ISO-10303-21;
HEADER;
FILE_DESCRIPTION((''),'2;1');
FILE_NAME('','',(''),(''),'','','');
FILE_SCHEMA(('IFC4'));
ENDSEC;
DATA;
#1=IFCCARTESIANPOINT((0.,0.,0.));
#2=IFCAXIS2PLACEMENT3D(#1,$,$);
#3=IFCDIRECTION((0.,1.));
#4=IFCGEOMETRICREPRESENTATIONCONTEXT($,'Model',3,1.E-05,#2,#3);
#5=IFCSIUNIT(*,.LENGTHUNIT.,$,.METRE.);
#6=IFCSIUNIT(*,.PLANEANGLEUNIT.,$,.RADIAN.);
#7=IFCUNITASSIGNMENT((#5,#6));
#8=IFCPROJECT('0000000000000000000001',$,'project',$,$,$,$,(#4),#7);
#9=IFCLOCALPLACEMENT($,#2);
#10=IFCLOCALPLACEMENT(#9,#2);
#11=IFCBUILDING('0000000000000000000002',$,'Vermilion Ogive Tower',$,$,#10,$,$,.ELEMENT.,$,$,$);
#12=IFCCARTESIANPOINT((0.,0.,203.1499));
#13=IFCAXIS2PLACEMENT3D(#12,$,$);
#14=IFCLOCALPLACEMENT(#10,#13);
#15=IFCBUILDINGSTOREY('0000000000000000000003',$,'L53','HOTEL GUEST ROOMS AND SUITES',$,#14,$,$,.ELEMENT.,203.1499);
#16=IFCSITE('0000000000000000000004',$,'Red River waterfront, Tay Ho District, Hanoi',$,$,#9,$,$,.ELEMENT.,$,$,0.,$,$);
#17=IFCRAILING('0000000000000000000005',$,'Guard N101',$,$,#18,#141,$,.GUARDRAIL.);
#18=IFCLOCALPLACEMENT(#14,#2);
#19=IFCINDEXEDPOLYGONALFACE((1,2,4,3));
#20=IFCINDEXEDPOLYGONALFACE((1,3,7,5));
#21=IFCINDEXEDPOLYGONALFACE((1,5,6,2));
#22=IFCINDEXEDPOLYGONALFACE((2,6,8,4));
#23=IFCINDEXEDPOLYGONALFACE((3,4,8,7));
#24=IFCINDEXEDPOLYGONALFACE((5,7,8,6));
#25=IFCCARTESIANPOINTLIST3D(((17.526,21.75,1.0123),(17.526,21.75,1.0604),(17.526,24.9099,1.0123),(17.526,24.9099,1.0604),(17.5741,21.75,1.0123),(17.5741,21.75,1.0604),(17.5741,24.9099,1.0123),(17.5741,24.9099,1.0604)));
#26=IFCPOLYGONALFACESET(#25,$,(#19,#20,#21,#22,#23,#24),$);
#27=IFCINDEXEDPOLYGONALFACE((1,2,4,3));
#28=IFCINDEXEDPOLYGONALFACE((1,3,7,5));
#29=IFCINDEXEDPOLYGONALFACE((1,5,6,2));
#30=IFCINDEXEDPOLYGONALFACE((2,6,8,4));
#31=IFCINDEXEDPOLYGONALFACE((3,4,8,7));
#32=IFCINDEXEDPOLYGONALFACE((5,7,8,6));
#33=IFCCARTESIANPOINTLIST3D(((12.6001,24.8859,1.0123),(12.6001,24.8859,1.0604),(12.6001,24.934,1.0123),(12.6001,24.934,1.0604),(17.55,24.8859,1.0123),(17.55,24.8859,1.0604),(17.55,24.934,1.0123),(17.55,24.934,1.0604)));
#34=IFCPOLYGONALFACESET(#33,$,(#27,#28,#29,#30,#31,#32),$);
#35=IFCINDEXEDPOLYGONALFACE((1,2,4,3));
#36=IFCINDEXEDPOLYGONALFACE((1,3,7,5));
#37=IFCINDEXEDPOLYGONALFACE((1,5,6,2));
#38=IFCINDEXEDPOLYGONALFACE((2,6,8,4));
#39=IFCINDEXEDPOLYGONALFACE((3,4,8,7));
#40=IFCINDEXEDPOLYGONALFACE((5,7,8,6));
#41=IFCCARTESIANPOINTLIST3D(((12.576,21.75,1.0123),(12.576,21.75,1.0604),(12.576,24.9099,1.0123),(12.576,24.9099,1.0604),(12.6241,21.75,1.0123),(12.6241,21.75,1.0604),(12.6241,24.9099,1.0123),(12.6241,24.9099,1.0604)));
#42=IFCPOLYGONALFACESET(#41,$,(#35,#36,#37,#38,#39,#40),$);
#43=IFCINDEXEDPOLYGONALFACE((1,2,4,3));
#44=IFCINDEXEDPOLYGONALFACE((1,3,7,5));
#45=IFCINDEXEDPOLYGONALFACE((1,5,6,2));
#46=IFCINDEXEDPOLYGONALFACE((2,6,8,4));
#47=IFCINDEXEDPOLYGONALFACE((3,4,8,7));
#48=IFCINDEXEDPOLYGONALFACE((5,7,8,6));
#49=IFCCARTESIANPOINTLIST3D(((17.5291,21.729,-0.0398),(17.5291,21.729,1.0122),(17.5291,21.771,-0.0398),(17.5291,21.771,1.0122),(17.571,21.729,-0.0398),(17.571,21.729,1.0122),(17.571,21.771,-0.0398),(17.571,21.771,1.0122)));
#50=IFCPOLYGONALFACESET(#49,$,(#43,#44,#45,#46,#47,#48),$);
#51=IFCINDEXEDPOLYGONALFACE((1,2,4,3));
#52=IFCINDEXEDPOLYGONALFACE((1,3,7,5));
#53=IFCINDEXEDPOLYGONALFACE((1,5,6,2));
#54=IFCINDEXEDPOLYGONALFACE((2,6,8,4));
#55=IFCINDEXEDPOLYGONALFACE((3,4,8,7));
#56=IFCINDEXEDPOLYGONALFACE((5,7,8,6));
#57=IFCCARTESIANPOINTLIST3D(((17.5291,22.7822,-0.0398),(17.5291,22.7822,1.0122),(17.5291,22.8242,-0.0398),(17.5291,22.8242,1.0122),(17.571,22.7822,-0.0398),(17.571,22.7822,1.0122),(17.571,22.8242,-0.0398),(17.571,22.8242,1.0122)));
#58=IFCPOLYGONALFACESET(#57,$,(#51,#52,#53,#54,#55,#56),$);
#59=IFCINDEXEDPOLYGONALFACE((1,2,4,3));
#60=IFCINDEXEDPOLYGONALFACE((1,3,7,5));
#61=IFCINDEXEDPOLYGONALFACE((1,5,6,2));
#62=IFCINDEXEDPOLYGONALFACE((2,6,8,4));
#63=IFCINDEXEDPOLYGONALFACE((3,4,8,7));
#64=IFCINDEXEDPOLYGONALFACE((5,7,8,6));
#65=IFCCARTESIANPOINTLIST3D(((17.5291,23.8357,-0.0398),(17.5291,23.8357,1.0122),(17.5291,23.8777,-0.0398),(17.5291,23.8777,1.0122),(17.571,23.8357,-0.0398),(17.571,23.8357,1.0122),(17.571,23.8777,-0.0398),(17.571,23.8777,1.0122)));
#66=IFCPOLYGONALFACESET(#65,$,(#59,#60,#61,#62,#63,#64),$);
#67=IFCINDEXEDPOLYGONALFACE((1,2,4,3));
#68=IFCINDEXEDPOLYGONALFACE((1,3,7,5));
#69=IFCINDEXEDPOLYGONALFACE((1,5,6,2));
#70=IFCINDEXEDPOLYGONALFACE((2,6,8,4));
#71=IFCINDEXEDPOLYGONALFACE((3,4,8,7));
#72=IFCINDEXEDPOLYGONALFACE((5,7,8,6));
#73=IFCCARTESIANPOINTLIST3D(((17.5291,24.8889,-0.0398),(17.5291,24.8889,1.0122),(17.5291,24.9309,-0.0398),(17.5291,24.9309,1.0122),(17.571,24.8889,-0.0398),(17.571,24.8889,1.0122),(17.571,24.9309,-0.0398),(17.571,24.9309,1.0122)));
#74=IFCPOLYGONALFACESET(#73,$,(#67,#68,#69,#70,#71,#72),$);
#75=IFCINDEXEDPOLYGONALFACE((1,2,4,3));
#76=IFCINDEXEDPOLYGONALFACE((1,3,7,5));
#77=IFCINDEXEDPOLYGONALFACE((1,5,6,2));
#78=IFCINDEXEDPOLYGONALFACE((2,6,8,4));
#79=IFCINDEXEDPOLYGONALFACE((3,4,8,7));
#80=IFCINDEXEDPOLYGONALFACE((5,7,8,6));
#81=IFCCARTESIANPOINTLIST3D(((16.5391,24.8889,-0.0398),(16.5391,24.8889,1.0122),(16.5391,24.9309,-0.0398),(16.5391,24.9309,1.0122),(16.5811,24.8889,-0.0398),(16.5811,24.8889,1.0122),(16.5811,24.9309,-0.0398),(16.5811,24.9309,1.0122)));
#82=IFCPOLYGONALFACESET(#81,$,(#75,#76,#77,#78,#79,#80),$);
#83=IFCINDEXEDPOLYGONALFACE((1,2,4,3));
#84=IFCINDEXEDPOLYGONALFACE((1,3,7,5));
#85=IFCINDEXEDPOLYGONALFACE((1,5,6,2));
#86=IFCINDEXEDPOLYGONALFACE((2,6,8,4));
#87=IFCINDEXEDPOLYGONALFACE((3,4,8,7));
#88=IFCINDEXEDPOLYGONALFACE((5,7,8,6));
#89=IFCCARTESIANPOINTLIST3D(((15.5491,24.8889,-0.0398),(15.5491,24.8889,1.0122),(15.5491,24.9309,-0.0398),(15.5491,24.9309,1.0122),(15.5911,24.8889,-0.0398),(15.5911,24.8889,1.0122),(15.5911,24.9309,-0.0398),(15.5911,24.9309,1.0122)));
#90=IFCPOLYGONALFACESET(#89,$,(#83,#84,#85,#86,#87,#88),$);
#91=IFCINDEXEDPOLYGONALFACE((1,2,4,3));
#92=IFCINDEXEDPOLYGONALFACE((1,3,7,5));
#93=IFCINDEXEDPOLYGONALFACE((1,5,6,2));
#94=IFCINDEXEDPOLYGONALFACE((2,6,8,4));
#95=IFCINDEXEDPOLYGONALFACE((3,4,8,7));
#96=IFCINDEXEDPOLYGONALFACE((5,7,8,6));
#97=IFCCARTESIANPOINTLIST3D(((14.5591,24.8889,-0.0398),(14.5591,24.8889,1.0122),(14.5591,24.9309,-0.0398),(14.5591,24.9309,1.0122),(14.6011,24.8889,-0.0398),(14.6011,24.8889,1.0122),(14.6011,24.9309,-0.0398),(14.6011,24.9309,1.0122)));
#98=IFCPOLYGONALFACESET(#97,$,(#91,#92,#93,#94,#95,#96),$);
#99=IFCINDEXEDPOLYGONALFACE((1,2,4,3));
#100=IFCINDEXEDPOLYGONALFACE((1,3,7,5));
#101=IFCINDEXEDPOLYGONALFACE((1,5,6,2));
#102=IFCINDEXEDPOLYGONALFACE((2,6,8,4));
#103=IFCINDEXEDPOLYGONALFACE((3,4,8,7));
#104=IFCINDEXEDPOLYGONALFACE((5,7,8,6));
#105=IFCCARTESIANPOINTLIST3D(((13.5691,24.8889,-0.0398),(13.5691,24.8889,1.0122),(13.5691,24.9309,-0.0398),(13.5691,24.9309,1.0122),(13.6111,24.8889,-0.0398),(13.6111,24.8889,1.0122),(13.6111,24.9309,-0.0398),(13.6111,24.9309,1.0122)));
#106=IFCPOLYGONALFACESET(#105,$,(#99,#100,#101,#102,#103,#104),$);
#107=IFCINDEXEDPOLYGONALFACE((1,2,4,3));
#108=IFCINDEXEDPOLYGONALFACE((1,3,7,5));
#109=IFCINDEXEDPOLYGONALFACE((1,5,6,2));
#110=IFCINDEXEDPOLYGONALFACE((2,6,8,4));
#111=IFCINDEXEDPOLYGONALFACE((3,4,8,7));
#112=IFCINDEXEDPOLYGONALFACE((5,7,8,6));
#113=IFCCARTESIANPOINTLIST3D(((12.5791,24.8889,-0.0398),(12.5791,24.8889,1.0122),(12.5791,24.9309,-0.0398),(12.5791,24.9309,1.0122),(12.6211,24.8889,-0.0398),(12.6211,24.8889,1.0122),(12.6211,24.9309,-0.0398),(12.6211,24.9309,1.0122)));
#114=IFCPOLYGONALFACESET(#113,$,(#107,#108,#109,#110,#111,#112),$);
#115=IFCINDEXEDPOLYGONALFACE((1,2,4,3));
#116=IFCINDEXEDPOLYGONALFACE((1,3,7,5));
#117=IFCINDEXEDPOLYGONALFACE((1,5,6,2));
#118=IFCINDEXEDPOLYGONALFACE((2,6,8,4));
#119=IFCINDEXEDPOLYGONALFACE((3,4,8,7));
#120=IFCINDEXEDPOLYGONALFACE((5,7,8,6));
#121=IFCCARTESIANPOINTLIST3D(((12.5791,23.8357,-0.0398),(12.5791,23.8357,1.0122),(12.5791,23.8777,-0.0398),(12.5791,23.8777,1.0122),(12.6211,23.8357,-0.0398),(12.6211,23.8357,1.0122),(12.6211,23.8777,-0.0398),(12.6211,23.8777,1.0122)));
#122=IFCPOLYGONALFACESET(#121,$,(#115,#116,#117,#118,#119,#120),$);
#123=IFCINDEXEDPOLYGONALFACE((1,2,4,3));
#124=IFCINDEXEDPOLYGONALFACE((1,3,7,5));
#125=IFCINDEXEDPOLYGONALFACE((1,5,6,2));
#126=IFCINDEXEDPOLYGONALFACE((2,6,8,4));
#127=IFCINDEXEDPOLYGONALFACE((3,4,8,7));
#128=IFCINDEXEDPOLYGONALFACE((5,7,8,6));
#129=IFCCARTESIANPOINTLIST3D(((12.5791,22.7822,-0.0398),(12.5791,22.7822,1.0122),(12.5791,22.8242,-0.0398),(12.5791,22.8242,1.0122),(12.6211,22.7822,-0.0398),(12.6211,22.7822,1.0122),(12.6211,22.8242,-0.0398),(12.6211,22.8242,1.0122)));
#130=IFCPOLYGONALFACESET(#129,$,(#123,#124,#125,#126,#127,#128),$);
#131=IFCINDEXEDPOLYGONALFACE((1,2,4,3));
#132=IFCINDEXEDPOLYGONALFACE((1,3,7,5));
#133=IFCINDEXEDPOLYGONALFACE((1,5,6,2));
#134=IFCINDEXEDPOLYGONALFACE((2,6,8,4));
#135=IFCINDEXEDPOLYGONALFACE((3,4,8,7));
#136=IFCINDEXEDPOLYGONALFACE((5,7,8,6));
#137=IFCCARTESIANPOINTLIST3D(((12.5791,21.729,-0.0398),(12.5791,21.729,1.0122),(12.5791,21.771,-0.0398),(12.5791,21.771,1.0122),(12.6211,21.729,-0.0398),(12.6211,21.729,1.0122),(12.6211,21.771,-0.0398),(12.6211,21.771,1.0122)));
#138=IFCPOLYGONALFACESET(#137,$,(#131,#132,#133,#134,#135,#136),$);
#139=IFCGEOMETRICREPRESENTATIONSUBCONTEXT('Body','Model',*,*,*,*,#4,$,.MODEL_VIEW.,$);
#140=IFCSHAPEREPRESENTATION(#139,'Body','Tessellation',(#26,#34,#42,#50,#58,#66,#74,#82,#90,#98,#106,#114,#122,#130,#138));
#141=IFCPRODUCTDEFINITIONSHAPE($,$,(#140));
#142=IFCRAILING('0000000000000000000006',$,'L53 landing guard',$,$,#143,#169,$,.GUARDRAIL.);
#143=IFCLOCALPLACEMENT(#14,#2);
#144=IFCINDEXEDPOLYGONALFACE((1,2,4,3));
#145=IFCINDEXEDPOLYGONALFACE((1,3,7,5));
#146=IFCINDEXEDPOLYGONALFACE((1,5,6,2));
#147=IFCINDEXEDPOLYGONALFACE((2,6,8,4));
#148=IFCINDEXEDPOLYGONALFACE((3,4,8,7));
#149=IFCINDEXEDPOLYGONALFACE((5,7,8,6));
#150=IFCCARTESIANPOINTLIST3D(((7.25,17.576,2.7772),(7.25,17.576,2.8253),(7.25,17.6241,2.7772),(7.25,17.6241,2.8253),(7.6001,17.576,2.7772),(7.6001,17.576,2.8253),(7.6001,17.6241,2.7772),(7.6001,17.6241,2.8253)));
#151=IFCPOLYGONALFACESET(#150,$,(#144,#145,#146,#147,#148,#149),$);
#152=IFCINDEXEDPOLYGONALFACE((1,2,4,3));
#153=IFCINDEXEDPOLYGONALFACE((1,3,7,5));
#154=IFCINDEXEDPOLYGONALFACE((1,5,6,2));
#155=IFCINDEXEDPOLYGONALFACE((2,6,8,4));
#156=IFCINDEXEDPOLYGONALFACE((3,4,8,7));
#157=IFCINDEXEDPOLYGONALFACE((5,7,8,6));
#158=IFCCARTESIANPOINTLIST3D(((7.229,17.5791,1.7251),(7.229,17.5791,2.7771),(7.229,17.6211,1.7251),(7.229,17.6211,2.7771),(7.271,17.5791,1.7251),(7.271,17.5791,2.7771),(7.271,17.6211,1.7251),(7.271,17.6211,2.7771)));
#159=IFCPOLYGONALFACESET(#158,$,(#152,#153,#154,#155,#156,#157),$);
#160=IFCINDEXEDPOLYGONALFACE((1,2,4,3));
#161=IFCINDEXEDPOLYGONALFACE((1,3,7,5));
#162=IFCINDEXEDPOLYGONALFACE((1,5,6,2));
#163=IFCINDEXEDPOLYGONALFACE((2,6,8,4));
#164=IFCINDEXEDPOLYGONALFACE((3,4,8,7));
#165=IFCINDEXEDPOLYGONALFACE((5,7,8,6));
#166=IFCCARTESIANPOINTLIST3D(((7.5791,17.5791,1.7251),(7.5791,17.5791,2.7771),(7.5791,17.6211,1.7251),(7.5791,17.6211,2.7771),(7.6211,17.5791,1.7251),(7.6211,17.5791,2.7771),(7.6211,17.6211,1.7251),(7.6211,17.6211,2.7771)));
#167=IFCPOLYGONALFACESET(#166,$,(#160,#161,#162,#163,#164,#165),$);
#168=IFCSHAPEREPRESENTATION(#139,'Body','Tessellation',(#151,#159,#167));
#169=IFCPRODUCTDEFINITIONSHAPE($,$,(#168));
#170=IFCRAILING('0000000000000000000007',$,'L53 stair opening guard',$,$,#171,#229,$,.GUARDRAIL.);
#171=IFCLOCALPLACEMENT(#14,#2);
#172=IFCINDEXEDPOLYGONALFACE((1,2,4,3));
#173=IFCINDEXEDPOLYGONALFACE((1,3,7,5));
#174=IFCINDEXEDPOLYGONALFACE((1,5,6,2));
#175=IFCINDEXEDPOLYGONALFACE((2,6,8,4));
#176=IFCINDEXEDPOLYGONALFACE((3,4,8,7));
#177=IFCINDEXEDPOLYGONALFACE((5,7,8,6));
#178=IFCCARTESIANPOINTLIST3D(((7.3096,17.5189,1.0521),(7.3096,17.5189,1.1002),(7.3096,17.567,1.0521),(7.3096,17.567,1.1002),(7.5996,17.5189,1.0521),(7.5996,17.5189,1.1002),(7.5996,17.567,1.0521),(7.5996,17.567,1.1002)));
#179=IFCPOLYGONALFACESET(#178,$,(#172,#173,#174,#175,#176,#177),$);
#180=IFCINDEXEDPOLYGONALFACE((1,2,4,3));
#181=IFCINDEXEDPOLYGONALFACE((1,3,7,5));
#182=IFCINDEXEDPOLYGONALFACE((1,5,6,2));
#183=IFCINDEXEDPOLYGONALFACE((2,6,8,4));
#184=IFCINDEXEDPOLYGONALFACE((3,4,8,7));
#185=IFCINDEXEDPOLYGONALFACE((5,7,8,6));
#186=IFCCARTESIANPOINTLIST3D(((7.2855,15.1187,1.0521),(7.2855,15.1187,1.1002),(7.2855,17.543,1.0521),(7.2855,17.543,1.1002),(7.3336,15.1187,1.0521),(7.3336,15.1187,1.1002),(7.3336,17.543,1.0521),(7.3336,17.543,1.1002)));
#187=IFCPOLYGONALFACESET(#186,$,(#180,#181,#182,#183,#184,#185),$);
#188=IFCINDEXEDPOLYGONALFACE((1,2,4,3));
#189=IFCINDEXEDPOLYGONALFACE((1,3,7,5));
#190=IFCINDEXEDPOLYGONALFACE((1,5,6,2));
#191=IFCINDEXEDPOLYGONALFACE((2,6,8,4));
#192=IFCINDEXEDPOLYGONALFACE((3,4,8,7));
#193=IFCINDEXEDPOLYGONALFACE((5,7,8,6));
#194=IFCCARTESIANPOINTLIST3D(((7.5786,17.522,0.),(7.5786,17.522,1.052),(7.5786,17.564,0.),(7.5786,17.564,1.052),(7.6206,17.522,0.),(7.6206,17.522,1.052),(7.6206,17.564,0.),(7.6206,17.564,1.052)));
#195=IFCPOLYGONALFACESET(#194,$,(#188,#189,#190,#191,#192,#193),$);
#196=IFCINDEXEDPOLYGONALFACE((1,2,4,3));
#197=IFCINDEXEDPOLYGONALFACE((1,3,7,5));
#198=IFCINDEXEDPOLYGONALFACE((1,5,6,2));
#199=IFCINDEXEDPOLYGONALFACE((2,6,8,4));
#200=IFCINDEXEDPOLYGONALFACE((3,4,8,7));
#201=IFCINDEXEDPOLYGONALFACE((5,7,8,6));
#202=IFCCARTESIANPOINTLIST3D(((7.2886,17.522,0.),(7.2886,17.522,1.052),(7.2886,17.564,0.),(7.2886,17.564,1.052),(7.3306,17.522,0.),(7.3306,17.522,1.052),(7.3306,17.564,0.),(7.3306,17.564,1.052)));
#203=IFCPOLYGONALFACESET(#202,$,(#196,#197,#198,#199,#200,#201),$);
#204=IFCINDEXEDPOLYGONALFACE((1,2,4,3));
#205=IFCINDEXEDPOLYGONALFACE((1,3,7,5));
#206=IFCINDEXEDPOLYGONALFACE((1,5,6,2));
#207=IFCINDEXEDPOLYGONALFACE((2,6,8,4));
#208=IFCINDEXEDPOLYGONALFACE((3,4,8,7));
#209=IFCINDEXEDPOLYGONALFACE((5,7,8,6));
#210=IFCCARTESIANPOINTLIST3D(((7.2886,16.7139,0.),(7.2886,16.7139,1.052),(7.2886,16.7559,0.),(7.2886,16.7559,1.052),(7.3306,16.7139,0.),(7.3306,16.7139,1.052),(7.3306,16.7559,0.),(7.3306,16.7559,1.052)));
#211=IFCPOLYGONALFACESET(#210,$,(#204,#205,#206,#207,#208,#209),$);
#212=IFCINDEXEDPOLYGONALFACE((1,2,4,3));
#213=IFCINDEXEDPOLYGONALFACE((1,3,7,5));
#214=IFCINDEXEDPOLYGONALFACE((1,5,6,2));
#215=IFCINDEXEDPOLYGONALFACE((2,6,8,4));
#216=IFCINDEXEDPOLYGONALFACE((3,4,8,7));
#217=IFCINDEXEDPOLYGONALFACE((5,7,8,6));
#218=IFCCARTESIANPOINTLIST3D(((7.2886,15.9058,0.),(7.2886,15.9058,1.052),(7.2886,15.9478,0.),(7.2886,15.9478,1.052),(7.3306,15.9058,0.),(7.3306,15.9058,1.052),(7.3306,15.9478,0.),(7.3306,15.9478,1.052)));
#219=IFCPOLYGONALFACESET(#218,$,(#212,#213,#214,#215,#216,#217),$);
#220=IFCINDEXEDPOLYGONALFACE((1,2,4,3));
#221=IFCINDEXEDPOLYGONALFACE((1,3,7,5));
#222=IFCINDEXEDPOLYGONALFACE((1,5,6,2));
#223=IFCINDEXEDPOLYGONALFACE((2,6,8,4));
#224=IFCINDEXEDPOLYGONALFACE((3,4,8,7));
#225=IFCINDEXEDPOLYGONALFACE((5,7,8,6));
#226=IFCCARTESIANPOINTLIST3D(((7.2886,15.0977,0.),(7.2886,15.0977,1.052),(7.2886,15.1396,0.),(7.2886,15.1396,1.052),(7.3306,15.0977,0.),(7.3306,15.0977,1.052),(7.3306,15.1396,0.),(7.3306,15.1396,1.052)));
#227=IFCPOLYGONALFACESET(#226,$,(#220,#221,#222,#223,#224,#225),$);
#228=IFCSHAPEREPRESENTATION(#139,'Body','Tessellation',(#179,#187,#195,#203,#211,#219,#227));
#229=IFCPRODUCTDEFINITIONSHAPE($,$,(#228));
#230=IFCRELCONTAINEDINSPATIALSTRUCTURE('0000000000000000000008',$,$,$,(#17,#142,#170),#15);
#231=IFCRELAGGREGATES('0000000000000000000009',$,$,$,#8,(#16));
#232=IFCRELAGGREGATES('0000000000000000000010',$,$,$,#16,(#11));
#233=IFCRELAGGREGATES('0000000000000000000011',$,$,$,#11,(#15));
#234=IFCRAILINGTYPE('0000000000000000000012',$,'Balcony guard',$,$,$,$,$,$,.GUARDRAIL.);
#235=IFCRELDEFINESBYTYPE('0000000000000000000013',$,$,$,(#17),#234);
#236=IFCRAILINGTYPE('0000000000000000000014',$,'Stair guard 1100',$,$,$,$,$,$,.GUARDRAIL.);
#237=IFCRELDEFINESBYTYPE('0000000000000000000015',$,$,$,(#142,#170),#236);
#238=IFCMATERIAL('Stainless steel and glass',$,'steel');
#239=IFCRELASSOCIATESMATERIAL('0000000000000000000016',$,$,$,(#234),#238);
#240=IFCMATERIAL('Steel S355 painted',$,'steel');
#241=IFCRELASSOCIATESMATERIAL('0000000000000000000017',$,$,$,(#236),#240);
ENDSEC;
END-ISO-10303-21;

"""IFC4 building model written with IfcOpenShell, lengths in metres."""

from ifc_helpers import new_model, si_unit, direction, frame, origin, origin_2d, place, context, subcontext, project, spatial, rectangle, extrude, material, type_object, element, save


model = new_model("IFC4")

# Units and contexts
model_context = context("Model", 3, precision=1e-05, world=origin(), true_north=direction((0.0, 1.0)))
body_context = subcontext(model_context, "Body", "Model", "MODEL_VIEW")
ifc_project = project(units=[si_unit("LENGTHUNIT", "METRE"), si_unit("PLANEANGLEUNIT", "RADIAN")], contexts=[model_context])

# Site, building, storey
site_placement = place(None, origin())
site = spatial("IfcSite", under=ifc_project, at=site_placement, Name="Red River waterfront, Tay Ho District, Hanoi", CompositionType="ELEMENT", RefElevation=0.0)
building_placement = place(site_placement, origin())
building = spatial("IfcBuilding", under=site, at=building_placement, Name="Vermilion Ogive Tower", CompositionType="ELEMENT")
storey_placement = place(building_placement, frame((0.0, 0.0, 203.1499)))
storey = spatial("IfcBuildingStorey", under=building, at=storey_placement, Name="L53", Description="HOTEL GUEST ROOMS AND SUITES", CompositionType="ELEMENT", Elevation=203.1499)

# Railings
ifc_material_1 = material(Name="Stainless steel and glass", Category="steel")
railing_type_1 = type_object("IfcRailingType", Name="Balcony guard", PredefinedType="GUARDRAIL", material=ifc_material_1)
railing_1_placement = place(storey_placement, frame((17.55, 21.75, -0.0398)))
element("IfcRailing", 1, at=railing_1_placement, inside=storey, type_object=railing_type_1, Name="Guard N101", PredefinedType="GUARDRAIL", context=body_context, shape_type="SweptSolid", body=[
    extrude(rectangle(XDim=0.0481, YDim=0.0481, at=origin_2d()), frame((0.0, 0.0, 1.0762), z_axis=(0.0, 1.0, 0.0), x_axis=(-1.0, 0.0, 0.0)), (0.0, 0.0, 1.0), 3.1599),
    extrude(rectangle(XDim=0.0481, YDim=0.0481, at=origin_2d()), frame((0.0, 3.1599, 1.0762), z_axis=(-1.0, 0.0, 0.0), x_axis=(0.0, -1.0, 0.0)), (0.0, 0.0, 1.0), 4.95),
    extrude(rectangle(XDim=0.0481, YDim=0.0481, at=origin_2d()), frame((-4.95, 3.1599, 1.0762), z_axis=(0.0, -1.0, 0.0), x_axis=(1.0, 0.0, 0.0)), (0.0, 0.0, 1.0), 3.1599),
    extrude(rectangle(XDim=0.042, YDim=0.042, at=origin_2d()), origin(), (0.0, 0.0, 1.0), 1.052),
    extrude(rectangle(XDim=0.042, YDim=0.042, at=origin_2d()), frame((0.0, 1.0532, 0.0)), (0.0, 0.0, 1.0), 1.052),
    extrude(rectangle(XDim=0.042, YDim=0.042, at=origin_2d()), frame((0.0, 2.1067, 0.0)), (0.0, 0.0, 1.0), 1.052),
    extrude(rectangle(XDim=0.042, YDim=0.042, at=origin_2d()), frame((0.0, 3.1599, 0.0)), (0.0, 0.0, 1.0), 1.052),
    extrude(rectangle(XDim=0.042, YDim=0.042, at=origin_2d()), frame((-0.99, 3.1599, 0.0)), (0.0, 0.0, 1.0), 1.052),
    extrude(rectangle(XDim=0.042, YDim=0.042, at=origin_2d()), frame((-1.98, 3.1599, 0.0)), (0.0, 0.0, 1.0), 1.052),
    extrude(rectangle(XDim=0.042, YDim=0.042, at=origin_2d()), frame((-2.97, 3.1599, 0.0)), (0.0, 0.0, 1.0), 1.052),
    extrude(rectangle(XDim=0.042, YDim=0.042, at=origin_2d()), frame((-3.96, 3.1599, 0.0)), (0.0, 0.0, 1.0), 1.052),
    extrude(rectangle(XDim=0.042, YDim=0.042, at=origin_2d()), frame((-4.95, 3.1599, 0.0)), (0.0, 0.0, 1.0), 1.052),
    extrude(rectangle(XDim=0.042, YDim=0.042, at=origin_2d()), frame((-4.95, 2.1067, 0.0)), (0.0, 0.0, 1.0), 1.052),
    extrude(rectangle(XDim=0.042, YDim=0.042, at=origin_2d()), frame((-4.95, 1.0532, 0.0)), (0.0, 0.0, 1.0), 1.052),
    extrude(rectangle(XDim=0.042, YDim=0.042, at=origin_2d()), frame((-4.95, 0.0, 0.0)), (0.0, 0.0, 1.0), 1.052),
])
ifc_material_2 = material(Name="Steel S355 painted", Category="steel")
railing_type_2 = type_object("IfcRailingType", Name="Stair guard 1100", PredefinedType="GUARDRAIL", material=ifc_material_2)
railing_2_placement = place(storey_placement, frame((7.25, 17.6001, 1.7251)))
element("IfcRailing", 2, at=railing_2_placement, inside=storey, type_object=railing_type_2, Name="L53 landing guard", PredefinedType="GUARDRAIL", context=body_context, shape_type="SweptSolid", body=[
    extrude(rectangle(XDim=0.0481, YDim=0.0481, at=origin_2d()), frame((0.0, 0.0, 1.0762), z_axis=(1.0, 0.0, 0.0), x_axis=(0.0, 1.0, 0.0)), (0.0, 0.0, 1.0), 0.3501),
    extrude(rectangle(XDim=0.042, YDim=0.042, at=origin_2d()), origin(), (0.0, 0.0, 1.0), 1.052),
    extrude(rectangle(XDim=0.042, YDim=0.042, at=origin_2d()), frame((0.3501, 0.0, 0.0)), (0.0, 0.0, 1.0), 1.052),
])
railing_3_placement = place(storey_placement, frame((7.5996, 17.543, 0.0)))
element("IfcRailing", 3, at=railing_3_placement, inside=storey, type_object=railing_type_2, Name="L53 stair opening guard", PredefinedType="GUARDRAIL", context=body_context, shape_type="SweptSolid", body=[
    extrude(rectangle(XDim=0.0481, YDim=0.0481, at=origin_2d()), frame((0.0, 0.0, 1.0762), z_axis=(-1.0, 0.0, 0.0), x_axis=(0.0, -1.0, 0.0)), (0.0, 0.0, 1.0), 0.29),
    extrude(rectangle(XDim=0.0481, YDim=0.0481, at=origin_2d()), frame((-0.29, 0.0, 1.0762), z_axis=(0.0, -1.0, 0.0), x_axis=(1.0, 0.0, 0.0)), (0.0, 0.0, 1.0), 2.4243),
    extrude(rectangle(XDim=0.042, YDim=0.042, at=origin_2d()), origin(), (0.0, 0.0, 1.0), 1.052),
    extrude(rectangle(XDim=0.042, YDim=0.042, at=origin_2d()), frame((-0.29, 0.0, 0.0)), (0.0, 0.0, 1.0), 1.052),
    extrude(rectangle(XDim=0.042, YDim=0.042, at=origin_2d()), frame((-0.29, -0.8081, 0.0)), (0.0, 0.0, 1.0), 1.052),
    extrude(rectangle(XDim=0.042, YDim=0.042, at=origin_2d()), frame((-0.29, -1.6162, 0.0)), (0.0, 0.0, 1.0), 1.052),
    extrude(rectangle(XDim=0.042, YDim=0.042, at=origin_2d()), frame((-0.29, -2.4243, 0.0)), (0.0, 0.0, 1.0), 1.052),
])

save(model, "model.ifc")
